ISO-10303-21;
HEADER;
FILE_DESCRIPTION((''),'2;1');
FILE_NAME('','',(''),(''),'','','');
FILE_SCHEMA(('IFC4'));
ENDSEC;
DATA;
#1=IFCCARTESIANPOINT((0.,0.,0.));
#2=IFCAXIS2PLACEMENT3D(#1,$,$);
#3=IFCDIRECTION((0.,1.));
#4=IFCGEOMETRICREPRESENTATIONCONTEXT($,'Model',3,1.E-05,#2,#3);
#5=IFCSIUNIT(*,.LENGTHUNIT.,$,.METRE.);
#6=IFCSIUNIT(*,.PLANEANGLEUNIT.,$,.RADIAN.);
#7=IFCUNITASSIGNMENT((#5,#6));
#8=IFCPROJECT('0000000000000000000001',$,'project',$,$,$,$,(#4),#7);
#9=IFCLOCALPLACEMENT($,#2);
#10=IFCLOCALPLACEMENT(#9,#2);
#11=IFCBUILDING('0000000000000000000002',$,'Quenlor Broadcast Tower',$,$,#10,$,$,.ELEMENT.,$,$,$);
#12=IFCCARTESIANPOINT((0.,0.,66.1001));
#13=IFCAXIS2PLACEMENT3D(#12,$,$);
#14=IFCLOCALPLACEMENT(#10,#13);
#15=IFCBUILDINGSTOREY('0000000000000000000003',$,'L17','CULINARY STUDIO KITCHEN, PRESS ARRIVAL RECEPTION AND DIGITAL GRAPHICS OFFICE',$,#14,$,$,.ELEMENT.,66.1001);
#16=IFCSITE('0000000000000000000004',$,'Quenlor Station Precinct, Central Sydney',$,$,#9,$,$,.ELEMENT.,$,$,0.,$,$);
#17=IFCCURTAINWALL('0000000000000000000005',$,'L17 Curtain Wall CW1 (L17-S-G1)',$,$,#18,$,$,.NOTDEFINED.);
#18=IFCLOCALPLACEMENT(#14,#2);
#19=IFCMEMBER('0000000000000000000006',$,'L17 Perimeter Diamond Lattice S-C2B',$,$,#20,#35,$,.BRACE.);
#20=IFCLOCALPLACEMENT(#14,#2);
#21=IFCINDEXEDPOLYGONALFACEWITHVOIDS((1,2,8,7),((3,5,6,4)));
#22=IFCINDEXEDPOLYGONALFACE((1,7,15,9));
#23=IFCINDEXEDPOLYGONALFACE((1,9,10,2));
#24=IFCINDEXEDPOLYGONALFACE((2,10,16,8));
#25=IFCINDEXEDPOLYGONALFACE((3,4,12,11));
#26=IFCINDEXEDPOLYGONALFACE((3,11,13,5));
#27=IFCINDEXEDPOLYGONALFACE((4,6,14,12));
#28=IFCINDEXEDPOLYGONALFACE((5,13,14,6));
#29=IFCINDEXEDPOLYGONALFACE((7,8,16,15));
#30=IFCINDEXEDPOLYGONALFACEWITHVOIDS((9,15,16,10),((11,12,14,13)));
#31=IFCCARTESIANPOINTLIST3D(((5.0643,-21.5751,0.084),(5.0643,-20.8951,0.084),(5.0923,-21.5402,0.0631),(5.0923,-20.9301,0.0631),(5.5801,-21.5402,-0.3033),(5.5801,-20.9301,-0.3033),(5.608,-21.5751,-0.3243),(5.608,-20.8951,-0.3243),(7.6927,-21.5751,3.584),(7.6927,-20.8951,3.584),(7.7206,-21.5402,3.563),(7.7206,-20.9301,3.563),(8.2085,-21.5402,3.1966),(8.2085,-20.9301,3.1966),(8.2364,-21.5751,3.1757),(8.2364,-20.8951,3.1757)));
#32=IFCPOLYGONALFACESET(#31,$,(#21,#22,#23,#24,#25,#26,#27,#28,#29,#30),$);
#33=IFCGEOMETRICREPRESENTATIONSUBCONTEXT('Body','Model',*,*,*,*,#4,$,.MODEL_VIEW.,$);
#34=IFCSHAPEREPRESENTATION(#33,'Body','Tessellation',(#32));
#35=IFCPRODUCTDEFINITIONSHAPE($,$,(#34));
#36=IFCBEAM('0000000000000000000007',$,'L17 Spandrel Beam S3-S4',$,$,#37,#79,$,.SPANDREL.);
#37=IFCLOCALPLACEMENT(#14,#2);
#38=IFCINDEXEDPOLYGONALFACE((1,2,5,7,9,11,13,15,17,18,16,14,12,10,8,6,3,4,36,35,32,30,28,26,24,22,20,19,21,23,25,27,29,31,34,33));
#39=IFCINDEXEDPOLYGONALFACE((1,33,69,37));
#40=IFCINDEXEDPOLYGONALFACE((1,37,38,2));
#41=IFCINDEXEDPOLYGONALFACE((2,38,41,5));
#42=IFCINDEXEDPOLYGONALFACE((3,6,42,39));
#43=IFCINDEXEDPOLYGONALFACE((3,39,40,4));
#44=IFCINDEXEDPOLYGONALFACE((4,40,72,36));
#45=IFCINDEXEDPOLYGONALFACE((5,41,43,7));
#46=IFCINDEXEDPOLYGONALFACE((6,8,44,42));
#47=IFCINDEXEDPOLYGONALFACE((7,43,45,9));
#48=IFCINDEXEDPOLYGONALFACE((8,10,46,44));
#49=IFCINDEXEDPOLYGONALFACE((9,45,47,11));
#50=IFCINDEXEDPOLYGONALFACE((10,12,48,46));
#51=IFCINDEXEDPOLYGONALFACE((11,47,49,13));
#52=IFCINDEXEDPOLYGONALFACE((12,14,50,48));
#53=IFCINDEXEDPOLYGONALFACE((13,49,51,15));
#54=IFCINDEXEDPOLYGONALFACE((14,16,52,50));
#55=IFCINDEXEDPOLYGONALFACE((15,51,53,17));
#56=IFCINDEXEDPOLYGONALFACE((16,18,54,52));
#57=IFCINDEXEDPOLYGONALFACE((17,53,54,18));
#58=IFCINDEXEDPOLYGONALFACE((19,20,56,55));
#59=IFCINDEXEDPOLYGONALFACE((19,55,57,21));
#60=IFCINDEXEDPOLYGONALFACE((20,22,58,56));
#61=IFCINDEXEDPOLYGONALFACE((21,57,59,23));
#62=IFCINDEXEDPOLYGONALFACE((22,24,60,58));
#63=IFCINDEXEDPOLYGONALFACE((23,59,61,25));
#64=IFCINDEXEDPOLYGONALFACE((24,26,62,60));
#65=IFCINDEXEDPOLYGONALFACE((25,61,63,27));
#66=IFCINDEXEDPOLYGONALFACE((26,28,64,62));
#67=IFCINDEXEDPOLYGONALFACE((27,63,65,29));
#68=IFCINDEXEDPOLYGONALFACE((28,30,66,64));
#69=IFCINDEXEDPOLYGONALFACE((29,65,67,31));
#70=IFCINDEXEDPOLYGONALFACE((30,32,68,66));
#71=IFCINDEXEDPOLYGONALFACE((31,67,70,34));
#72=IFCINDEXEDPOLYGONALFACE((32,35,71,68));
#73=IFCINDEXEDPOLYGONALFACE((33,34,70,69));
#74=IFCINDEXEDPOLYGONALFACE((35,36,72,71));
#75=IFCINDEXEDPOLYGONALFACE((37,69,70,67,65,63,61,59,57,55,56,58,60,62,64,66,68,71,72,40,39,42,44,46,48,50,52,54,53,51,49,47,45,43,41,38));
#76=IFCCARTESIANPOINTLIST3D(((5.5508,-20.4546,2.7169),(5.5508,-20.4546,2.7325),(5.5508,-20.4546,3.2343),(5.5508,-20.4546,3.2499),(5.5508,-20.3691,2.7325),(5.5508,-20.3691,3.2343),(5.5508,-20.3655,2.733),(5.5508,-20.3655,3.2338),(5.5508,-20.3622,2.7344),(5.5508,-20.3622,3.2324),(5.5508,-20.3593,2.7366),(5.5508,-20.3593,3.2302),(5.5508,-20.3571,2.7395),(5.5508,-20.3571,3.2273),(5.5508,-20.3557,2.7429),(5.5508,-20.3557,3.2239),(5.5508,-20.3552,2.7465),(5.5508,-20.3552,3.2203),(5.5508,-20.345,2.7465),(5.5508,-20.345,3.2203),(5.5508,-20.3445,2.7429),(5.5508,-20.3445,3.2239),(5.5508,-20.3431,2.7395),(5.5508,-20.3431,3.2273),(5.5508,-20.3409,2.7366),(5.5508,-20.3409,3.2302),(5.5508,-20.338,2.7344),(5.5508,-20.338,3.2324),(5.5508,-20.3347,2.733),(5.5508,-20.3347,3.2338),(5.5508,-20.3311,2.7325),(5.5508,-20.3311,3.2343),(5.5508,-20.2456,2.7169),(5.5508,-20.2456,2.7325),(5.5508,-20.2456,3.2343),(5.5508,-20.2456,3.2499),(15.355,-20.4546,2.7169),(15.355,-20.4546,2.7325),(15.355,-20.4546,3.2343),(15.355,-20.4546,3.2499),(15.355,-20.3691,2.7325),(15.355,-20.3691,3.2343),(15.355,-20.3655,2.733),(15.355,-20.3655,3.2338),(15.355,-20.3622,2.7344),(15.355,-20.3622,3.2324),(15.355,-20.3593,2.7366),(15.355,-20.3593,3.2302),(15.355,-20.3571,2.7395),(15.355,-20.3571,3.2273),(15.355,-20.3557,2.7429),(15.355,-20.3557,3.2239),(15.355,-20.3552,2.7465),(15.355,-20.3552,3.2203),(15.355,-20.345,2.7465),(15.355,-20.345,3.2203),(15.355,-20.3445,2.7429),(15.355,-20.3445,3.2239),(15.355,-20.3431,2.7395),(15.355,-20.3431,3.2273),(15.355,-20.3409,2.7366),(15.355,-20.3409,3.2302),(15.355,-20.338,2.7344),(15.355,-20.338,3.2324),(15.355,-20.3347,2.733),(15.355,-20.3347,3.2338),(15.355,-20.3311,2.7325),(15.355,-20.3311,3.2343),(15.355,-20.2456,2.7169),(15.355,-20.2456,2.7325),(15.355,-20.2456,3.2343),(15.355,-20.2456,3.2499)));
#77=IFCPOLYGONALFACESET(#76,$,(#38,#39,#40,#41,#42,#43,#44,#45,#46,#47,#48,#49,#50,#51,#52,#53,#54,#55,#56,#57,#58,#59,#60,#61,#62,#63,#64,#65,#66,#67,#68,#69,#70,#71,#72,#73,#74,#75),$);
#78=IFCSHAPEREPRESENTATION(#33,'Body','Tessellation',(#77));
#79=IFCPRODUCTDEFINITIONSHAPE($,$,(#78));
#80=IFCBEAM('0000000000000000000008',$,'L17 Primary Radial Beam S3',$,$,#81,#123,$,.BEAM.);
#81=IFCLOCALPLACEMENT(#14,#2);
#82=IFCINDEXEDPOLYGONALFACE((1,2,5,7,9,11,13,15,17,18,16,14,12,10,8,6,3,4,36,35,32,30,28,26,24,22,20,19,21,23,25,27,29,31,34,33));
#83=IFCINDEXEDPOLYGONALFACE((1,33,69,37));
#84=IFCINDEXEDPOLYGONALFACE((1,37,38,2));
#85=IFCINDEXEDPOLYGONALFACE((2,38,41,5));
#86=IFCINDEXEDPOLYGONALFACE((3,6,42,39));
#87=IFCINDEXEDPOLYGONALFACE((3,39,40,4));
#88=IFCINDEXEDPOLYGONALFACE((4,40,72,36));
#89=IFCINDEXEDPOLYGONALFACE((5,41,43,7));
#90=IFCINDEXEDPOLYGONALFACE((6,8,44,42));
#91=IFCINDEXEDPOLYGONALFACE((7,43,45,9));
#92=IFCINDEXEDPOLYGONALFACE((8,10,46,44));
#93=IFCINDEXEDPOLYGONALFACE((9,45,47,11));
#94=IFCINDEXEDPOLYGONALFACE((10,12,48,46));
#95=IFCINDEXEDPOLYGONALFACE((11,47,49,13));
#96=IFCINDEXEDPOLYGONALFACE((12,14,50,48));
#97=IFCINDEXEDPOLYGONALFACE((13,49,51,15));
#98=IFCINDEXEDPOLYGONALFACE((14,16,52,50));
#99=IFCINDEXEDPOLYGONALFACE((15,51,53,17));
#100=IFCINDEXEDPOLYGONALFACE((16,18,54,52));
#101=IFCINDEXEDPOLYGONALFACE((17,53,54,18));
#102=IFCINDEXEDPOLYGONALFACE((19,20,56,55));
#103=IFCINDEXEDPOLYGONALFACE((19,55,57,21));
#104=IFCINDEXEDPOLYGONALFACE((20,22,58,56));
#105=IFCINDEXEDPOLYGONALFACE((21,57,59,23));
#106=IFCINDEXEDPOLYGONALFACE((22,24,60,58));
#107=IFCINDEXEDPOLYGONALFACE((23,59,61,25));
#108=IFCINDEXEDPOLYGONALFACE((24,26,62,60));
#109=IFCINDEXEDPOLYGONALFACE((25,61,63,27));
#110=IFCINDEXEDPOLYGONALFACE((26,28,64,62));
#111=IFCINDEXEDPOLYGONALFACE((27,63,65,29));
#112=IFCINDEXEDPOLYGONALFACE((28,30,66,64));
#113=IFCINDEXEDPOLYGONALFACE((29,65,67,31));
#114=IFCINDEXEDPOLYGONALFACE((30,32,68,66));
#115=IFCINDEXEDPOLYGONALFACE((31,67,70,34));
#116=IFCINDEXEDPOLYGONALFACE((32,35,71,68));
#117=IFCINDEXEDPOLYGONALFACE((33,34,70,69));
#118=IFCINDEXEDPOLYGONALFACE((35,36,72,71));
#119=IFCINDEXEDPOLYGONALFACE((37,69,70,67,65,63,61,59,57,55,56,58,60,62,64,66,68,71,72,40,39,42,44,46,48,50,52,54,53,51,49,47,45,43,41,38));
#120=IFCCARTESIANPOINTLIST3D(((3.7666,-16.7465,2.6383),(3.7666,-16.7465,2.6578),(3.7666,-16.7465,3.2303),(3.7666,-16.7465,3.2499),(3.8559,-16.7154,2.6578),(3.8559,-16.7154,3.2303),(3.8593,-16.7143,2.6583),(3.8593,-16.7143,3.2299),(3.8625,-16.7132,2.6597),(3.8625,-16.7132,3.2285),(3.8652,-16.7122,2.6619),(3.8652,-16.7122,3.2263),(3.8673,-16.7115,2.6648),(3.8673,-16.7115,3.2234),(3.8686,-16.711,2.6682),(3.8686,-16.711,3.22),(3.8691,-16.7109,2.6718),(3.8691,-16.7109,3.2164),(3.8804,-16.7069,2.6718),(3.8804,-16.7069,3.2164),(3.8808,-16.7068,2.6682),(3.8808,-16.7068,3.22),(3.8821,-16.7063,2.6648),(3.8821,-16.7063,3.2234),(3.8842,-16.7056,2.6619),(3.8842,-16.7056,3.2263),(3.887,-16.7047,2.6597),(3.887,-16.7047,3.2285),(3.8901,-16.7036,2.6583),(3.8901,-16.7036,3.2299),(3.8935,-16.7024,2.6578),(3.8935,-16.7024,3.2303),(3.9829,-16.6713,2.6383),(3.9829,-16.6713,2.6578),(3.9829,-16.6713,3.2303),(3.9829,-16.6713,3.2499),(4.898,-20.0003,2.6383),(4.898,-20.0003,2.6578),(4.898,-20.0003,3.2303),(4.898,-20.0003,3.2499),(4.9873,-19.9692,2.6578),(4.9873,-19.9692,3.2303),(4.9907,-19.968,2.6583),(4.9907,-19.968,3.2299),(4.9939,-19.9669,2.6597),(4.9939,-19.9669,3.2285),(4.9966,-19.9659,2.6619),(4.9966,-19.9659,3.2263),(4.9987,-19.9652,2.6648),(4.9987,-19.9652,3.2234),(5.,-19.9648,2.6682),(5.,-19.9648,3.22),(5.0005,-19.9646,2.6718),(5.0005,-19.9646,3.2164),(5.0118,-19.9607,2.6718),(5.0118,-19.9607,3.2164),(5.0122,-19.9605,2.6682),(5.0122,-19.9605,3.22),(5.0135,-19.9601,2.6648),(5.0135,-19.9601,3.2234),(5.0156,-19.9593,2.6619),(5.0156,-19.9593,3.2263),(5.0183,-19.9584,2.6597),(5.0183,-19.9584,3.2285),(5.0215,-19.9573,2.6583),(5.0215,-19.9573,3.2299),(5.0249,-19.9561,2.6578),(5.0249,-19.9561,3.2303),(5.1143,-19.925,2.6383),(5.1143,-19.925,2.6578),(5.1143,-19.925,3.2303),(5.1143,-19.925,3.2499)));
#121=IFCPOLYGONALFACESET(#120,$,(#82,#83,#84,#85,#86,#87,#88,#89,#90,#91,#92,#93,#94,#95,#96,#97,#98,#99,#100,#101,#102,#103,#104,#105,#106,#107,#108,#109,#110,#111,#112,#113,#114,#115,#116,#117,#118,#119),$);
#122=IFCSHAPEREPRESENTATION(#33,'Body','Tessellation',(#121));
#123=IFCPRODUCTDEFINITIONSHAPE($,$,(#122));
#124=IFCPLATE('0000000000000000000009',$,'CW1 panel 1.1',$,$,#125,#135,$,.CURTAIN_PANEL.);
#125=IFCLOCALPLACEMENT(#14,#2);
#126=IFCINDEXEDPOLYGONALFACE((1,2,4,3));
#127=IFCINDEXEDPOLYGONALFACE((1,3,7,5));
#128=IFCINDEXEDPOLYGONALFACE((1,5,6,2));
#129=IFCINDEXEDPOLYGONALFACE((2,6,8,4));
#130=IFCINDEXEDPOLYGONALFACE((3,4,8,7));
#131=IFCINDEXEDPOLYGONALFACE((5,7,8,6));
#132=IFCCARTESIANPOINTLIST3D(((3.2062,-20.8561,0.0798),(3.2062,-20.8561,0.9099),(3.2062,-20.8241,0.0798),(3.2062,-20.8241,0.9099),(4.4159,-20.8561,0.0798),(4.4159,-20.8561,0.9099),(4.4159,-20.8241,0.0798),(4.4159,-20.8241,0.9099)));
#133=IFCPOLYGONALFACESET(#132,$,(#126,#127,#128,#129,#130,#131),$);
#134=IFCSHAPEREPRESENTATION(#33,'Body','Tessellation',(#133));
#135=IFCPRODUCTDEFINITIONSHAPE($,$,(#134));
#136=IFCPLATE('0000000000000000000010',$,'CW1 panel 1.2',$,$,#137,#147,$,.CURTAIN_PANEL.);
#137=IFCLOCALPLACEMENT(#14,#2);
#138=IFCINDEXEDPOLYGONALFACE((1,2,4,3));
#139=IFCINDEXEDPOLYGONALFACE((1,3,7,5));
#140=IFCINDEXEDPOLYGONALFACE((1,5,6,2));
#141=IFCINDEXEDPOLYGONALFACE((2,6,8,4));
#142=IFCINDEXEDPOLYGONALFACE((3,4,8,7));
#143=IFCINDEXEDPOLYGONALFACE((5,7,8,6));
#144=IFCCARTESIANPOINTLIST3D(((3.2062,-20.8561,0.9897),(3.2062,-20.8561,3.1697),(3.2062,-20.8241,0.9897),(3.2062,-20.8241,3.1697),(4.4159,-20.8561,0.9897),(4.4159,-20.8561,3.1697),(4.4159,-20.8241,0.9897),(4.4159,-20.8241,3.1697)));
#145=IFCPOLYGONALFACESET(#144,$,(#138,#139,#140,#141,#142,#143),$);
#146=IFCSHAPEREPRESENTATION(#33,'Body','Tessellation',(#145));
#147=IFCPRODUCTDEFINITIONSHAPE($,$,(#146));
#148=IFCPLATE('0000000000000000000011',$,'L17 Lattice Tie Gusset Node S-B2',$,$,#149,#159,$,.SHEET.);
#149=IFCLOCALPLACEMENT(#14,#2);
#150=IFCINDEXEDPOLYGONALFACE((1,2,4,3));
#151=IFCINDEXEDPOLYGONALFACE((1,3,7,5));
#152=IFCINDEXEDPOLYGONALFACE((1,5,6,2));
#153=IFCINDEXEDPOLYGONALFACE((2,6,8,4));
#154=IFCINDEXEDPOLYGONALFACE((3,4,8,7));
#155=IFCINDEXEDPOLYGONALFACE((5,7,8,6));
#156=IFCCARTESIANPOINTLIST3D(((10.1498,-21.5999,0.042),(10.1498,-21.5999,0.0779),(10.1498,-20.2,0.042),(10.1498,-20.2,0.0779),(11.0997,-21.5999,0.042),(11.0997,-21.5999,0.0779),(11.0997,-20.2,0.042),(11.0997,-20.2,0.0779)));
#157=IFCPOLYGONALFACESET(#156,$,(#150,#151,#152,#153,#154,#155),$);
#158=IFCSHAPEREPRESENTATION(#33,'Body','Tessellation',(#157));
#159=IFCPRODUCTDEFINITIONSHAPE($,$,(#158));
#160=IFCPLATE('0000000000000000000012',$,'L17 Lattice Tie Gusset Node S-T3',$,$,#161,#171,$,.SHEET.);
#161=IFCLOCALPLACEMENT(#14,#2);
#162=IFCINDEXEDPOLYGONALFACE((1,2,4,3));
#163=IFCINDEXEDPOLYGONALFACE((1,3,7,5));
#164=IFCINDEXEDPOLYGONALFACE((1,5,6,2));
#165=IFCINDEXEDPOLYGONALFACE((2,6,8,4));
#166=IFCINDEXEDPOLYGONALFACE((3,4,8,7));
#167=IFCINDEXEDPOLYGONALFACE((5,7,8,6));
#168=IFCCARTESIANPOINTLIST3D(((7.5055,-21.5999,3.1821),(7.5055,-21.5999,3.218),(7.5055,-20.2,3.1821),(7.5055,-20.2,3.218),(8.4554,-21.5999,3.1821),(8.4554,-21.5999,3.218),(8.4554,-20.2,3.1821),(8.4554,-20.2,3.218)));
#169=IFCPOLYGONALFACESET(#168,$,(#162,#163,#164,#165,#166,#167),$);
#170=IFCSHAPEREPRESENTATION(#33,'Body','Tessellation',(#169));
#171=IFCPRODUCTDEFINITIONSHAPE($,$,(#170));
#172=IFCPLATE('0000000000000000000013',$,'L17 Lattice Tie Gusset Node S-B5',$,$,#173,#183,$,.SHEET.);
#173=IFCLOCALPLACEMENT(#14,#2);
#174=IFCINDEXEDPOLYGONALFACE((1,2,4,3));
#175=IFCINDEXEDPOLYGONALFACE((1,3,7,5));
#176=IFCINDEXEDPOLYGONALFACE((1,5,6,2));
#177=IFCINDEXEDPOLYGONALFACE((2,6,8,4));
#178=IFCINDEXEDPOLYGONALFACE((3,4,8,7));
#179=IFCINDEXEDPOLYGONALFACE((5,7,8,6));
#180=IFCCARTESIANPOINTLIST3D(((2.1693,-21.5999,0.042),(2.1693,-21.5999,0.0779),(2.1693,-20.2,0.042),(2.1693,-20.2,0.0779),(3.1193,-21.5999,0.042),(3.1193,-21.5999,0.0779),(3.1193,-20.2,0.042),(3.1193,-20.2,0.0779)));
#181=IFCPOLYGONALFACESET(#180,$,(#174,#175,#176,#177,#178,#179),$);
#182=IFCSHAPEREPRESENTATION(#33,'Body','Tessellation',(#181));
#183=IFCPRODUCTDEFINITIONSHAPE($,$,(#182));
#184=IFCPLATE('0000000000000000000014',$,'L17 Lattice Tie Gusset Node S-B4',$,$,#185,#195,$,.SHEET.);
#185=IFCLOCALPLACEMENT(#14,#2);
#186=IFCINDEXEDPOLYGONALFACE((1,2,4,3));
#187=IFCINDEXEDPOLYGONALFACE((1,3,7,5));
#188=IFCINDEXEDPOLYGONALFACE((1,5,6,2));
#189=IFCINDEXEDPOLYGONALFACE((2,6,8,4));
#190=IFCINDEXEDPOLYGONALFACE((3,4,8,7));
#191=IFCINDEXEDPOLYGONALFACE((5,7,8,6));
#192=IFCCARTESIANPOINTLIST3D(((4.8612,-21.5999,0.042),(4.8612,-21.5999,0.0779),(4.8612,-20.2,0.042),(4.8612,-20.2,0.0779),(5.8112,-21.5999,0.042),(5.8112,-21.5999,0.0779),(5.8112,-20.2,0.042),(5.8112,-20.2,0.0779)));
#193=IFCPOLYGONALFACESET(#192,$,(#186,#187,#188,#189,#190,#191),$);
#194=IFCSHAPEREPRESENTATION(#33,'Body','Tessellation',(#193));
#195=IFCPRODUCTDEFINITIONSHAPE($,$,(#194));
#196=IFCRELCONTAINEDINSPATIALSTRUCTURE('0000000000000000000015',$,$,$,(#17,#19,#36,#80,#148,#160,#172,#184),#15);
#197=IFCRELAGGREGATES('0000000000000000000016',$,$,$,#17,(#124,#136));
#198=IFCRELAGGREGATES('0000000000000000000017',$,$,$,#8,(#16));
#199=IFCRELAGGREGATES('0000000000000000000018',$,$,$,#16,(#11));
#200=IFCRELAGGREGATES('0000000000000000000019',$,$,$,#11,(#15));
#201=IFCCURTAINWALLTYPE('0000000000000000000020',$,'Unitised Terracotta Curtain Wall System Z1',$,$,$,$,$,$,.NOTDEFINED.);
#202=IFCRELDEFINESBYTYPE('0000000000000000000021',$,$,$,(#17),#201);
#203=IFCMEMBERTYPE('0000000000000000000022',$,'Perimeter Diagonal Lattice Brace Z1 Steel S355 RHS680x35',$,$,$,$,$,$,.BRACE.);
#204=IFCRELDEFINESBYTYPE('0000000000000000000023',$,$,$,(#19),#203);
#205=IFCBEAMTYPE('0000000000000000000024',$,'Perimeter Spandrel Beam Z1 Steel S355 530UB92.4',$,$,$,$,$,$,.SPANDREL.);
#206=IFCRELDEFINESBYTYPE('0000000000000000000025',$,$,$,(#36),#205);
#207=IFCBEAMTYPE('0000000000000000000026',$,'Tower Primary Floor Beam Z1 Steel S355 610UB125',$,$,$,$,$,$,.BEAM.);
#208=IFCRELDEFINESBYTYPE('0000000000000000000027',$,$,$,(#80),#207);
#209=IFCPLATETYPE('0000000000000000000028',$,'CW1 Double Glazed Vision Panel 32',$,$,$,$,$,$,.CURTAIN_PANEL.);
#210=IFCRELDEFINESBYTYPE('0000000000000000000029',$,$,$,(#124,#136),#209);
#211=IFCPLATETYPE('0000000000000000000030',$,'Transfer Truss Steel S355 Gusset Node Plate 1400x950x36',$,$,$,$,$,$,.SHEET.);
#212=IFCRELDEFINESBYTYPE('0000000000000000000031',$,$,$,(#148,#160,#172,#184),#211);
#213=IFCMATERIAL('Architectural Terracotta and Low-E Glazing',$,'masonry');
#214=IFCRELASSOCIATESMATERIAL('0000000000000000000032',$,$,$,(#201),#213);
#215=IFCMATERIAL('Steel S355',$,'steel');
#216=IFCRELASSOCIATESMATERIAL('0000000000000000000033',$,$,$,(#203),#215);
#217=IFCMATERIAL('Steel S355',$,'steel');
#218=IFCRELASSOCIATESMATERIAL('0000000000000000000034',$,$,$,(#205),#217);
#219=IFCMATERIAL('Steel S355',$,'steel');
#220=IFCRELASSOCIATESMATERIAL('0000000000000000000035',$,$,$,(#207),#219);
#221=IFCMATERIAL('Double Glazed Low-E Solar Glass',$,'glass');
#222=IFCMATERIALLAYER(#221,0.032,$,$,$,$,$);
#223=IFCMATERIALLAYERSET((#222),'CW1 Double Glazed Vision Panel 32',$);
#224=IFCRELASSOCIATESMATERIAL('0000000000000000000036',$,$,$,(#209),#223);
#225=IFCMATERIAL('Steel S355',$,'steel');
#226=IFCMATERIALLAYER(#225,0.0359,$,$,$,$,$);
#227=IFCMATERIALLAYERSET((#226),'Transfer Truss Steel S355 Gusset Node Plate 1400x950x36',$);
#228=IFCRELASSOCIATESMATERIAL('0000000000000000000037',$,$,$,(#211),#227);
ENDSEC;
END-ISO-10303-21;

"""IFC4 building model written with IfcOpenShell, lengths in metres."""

from ifc_helpers import new_model, si_unit, direction, frame, origin, origin_2d, place, context, subcontext, project, spatial, rectangle, hollow_rectangle, i_section, extrude, material, layer, layer_set, material_profile, profile_set, type_object, element, aggregate, save


model = new_model("IFC4")

# Units and contexts
model_context = context("Model", 3, precision=1e-05, world=origin(), true_north=direction((0.0, 1.0)))
body_context = subcontext(model_context, "Body", "Model", "MODEL_VIEW")
ifc_project = project(units=[si_unit("LENGTHUNIT", "METRE"), si_unit("PLANEANGLEUNIT", "RADIAN")], contexts=[model_context])

# Site, building, storey
site_placement = place(None, origin())
site = spatial("IfcSite", under=ifc_project, at=site_placement, Name="Quenlor Station Precinct, Central Sydney", CompositionType="ELEMENT", RefElevation=0.0)
building_placement = place(site_placement, origin())
building = spatial("IfcBuilding", under=site, at=building_placement, Name="Quenlor Broadcast Tower", CompositionType="ELEMENT")
storey_placement = place(building_placement, frame((0.0, 0.0, 66.1001)))
storey = spatial("IfcBuildingStorey", under=building, at=storey_placement, Name="L17", Description="CULINARY STUDIO KITCHEN, PRESS ARRIVAL RECEPTION AND DIGITAL GRAPHICS OFFICE", CompositionType="ELEMENT", Elevation=66.1001)

# Curtain wall
ifc_material_1 = material(Name="Architectural Terracotta and Low-E Glazing", Category="masonry")
curtain_wall_type = type_object("IfcCurtainWallType", Name="Unitised Terracotta Curtain Wall System Z1", PredefinedType="NOTDEFINED", material=ifc_material_1)
curtain_wall_placement = place(storey_placement, origin())
curtain_wall = element("IfcCurtainWall", 1, at=curtain_wall_placement, inside=storey, type_object=curtain_wall_type, Name="L17 Curtain Wall CW1 (L17-S-G1)", PredefinedType="NOTDEFINED")

# Member
ifc_material_2 = material(Name="Steel S355", Category="steel")
ifc_material_profile_1 = material_profile(ifc_material_2, hollow_rectangle(XDim=0.6799, YDim=0.6799, WallThickness=0.0349, at=origin_2d()))
ifc_profile_set_1 = profile_set([ifc_material_profile_1], Name="Steel S355 RHS680x680x35")
member_type_1 = type_object("IfcMemberType", Name="Perimeter Diagonal Lattice Brace Z1 Steel S355 RHS680x35", PredefinedType="BRACE", material=ifc_profile_set_1)
for number, where, z_axis, x_axis, name in (
    (2, (5.3362, -21.2351, -0.1201), (0.6005, 0.0, 0.799625), (0.0, 1.0, 0.0), "L17 Perimeter Diamond Lattice S-C2B"),
):
    element("IfcMember", number, at=place(storey_placement, frame(where, z_axis=z_axis, x_axis=x_axis)), inside=storey, type_object=member_type_1, Name=name, PredefinedType="BRACE", context=body_context, shape_type="SweptSolid", body=[
        extrude(hollow_rectangle(XDim=0.6799, YDim=0.6799, WallThickness=0.0349, at=origin_2d()), origin(), (0.0, 0.0, 1.0), 4.377),
    ])

# Beams
ifc_material_3 = material(Name="Steel S355", Category="steel")
ifc_material_profile_2 = material_profile(ifc_material_3, i_section(OverallWidth=0.209, OverallDepth=0.533, WebThickness=0.0103, FlangeThickness=0.0156, FilletRadius=0.0139, at=origin_2d()))
ifc_profile_set_2 = profile_set([ifc_material_profile_2], Name="Steel S355 530UB92.4")
beam_type_1 = type_object("IfcBeamType", Name="Perimeter Spandrel Beam Z1 Steel S355 530UB92.4", PredefinedType="SPANDREL", material=ifc_profile_set_2)
beam_1_placement = place(storey_placement, frame((5.5508, -20.3501, 2.9834), z_axis=(1.0, 0.0, 0.0), x_axis=(0.0, 1.0, 0.0)))
element("IfcBeam", 3, at=beam_1_placement, inside=storey, type_object=beam_type_1, Name="L17 Spandrel Beam S3-S4", PredefinedType="SPANDREL", context=body_context, shape_type="SweptSolid", body=[
    extrude(i_section(OverallWidth=0.209, OverallDepth=0.533, WebThickness=0.0103, FlangeThickness=0.0156, FilletRadius=0.0139, at=origin_2d()), origin(), (0.0, 0.0, 1.0), 9.8042),
])
ifc_material_4 = material(Name="Steel S355", Category="steel")
ifc_material_profile_3 = material_profile(ifc_material_4, i_section(OverallWidth=0.229, OverallDepth=0.6116, WebThickness=0.012, FlangeThickness=0.0195, FilletRadius=0.0139, at=origin_2d()))
ifc_profile_set_3 = profile_set([ifc_material_profile_3], Name="Steel S355 610UB125")
beam_type_2 = type_object("IfcBeamType", Name="Tower Primary Floor Beam Z1 Steel S355 610UB125", PredefinedType="BEAM", material=ifc_profile_set_3)
beam_2_placement = place(storey_placement, frame((5.0061, -19.9626, 2.9441), z_axis=(-0.328427, 0.944529, 0.0), x_axis=(-0.944529, -0.328427, 0.0)))
element("IfcBeam", 4, at=beam_2_placement, inside=storey, type_object=beam_type_2, Name="L17 Primary Radial Beam S3", PredefinedType="BEAM", context=body_context, shape_type="SweptSolid", body=[
    extrude(i_section(OverallWidth=0.229, OverallDepth=0.6116, WebThickness=0.012, FlangeThickness=0.0195, FilletRadius=0.0139, at=origin_2d()), origin(), (0.0, 0.0, 1.0), 3.4448),
])

# Plates
ifc_material_5 = material(Name="Double Glazed Low-E Solar Glass", Category="glass")
ifc_layer_1 = layer(ifc_material_5, 0.032)
ifc_layer_set_1 = layer_set([ifc_layer_1], Name="CW1 Double Glazed Vision Panel 32")
plate_type_1 = type_object("IfcPlateType", Name="CW1 Double Glazed Vision Panel 32", PredefinedType="CURTAIN_PANEL", material=ifc_layer_set_1)
plate_1_placement = place(storey_placement, frame((3.811, -20.8401, 0.0798), z_axis=(0.0, 0.0, 1.0), x_axis=(-1.0, 0.0, 0.0)))
plate_1 = element("IfcPlate", 5, at=plate_1_placement, type_object=plate_type_1, Name="CW1 panel 1.1", PredefinedType="CURTAIN_PANEL", context=body_context, shape_type="SweptSolid", body=[
    extrude(rectangle(XDim=1.2097, YDim=0.032, at=origin_2d()), origin(), (0.0, 0.0, 1.0), 0.8301),
])
plate_2_placement = place(storey_placement, frame((3.811, -20.8401, 0.9897), z_axis=(0.0, 0.0, 1.0), x_axis=(-1.0, 0.0, 0.0)))
plate_2 = element("IfcPlate", 6, at=plate_2_placement, type_object=plate_type_1, Name="CW1 panel 1.2", PredefinedType="CURTAIN_PANEL", context=body_context, shape_type="SweptSolid", body=[
    extrude(rectangle(XDim=1.2097, YDim=0.032, at=origin_2d()), origin(), (0.0, 0.0, 1.0), 2.1799),
])
aggregate(curtain_wall, [plate_1, plate_2])

# Plates
ifc_material_6 = material(Name="Steel S355", Category="steel")
ifc_layer_2 = layer(ifc_material_6, 0.0359)
ifc_layer_set_2 = layer_set([ifc_layer_2], Name="Transfer Truss Steel S355 Gusset Node Plate 1400x950x36")
plate_type_2 = type_object("IfcPlateType", Name="Transfer Truss Steel S355 Gusset Node Plate 1400x950x36", PredefinedType="SHEET", material=ifc_layer_set_2)
for number, where, z_axis, x_axis, name in (
    (7, (10.6248, -20.8999, 0.042), (0.0, 0.0, 1.0), (0.0, -1.0, 0.0), "L17 Lattice Tie Gusset Node S-B2"),
    (8, (7.9805, -20.8999, 3.1821), (0.0, 0.0, 1.0), (0.0, -1.0, 0.0), "L17 Lattice Tie Gusset Node S-T3"),
    (9, (2.6443, -20.8999, 0.042), (0.0, 0.0, 1.0), (0.0, -1.0, 0.0), "L17 Lattice Tie Gusset Node S-B5"),
    (10, (5.3362, -20.8999, 0.042), (0.0, 0.0, 1.0), (0.0, -1.0, 0.0), "L17 Lattice Tie Gusset Node S-B4"),
):
    element("IfcPlate", number, at=place(storey_placement, frame(where, z_axis=z_axis, x_axis=x_axis)), inside=storey, type_object=plate_type_2, Name=name, PredefinedType="SHEET", context=body_context, shape_type="SweptSolid", body=[
        extrude(rectangle(XDim=1.3999, YDim=0.95, at=origin_2d()), origin(), (0.0, 0.0, 1.0), 0.0359),
    ])

save(model, "model.ifc")
